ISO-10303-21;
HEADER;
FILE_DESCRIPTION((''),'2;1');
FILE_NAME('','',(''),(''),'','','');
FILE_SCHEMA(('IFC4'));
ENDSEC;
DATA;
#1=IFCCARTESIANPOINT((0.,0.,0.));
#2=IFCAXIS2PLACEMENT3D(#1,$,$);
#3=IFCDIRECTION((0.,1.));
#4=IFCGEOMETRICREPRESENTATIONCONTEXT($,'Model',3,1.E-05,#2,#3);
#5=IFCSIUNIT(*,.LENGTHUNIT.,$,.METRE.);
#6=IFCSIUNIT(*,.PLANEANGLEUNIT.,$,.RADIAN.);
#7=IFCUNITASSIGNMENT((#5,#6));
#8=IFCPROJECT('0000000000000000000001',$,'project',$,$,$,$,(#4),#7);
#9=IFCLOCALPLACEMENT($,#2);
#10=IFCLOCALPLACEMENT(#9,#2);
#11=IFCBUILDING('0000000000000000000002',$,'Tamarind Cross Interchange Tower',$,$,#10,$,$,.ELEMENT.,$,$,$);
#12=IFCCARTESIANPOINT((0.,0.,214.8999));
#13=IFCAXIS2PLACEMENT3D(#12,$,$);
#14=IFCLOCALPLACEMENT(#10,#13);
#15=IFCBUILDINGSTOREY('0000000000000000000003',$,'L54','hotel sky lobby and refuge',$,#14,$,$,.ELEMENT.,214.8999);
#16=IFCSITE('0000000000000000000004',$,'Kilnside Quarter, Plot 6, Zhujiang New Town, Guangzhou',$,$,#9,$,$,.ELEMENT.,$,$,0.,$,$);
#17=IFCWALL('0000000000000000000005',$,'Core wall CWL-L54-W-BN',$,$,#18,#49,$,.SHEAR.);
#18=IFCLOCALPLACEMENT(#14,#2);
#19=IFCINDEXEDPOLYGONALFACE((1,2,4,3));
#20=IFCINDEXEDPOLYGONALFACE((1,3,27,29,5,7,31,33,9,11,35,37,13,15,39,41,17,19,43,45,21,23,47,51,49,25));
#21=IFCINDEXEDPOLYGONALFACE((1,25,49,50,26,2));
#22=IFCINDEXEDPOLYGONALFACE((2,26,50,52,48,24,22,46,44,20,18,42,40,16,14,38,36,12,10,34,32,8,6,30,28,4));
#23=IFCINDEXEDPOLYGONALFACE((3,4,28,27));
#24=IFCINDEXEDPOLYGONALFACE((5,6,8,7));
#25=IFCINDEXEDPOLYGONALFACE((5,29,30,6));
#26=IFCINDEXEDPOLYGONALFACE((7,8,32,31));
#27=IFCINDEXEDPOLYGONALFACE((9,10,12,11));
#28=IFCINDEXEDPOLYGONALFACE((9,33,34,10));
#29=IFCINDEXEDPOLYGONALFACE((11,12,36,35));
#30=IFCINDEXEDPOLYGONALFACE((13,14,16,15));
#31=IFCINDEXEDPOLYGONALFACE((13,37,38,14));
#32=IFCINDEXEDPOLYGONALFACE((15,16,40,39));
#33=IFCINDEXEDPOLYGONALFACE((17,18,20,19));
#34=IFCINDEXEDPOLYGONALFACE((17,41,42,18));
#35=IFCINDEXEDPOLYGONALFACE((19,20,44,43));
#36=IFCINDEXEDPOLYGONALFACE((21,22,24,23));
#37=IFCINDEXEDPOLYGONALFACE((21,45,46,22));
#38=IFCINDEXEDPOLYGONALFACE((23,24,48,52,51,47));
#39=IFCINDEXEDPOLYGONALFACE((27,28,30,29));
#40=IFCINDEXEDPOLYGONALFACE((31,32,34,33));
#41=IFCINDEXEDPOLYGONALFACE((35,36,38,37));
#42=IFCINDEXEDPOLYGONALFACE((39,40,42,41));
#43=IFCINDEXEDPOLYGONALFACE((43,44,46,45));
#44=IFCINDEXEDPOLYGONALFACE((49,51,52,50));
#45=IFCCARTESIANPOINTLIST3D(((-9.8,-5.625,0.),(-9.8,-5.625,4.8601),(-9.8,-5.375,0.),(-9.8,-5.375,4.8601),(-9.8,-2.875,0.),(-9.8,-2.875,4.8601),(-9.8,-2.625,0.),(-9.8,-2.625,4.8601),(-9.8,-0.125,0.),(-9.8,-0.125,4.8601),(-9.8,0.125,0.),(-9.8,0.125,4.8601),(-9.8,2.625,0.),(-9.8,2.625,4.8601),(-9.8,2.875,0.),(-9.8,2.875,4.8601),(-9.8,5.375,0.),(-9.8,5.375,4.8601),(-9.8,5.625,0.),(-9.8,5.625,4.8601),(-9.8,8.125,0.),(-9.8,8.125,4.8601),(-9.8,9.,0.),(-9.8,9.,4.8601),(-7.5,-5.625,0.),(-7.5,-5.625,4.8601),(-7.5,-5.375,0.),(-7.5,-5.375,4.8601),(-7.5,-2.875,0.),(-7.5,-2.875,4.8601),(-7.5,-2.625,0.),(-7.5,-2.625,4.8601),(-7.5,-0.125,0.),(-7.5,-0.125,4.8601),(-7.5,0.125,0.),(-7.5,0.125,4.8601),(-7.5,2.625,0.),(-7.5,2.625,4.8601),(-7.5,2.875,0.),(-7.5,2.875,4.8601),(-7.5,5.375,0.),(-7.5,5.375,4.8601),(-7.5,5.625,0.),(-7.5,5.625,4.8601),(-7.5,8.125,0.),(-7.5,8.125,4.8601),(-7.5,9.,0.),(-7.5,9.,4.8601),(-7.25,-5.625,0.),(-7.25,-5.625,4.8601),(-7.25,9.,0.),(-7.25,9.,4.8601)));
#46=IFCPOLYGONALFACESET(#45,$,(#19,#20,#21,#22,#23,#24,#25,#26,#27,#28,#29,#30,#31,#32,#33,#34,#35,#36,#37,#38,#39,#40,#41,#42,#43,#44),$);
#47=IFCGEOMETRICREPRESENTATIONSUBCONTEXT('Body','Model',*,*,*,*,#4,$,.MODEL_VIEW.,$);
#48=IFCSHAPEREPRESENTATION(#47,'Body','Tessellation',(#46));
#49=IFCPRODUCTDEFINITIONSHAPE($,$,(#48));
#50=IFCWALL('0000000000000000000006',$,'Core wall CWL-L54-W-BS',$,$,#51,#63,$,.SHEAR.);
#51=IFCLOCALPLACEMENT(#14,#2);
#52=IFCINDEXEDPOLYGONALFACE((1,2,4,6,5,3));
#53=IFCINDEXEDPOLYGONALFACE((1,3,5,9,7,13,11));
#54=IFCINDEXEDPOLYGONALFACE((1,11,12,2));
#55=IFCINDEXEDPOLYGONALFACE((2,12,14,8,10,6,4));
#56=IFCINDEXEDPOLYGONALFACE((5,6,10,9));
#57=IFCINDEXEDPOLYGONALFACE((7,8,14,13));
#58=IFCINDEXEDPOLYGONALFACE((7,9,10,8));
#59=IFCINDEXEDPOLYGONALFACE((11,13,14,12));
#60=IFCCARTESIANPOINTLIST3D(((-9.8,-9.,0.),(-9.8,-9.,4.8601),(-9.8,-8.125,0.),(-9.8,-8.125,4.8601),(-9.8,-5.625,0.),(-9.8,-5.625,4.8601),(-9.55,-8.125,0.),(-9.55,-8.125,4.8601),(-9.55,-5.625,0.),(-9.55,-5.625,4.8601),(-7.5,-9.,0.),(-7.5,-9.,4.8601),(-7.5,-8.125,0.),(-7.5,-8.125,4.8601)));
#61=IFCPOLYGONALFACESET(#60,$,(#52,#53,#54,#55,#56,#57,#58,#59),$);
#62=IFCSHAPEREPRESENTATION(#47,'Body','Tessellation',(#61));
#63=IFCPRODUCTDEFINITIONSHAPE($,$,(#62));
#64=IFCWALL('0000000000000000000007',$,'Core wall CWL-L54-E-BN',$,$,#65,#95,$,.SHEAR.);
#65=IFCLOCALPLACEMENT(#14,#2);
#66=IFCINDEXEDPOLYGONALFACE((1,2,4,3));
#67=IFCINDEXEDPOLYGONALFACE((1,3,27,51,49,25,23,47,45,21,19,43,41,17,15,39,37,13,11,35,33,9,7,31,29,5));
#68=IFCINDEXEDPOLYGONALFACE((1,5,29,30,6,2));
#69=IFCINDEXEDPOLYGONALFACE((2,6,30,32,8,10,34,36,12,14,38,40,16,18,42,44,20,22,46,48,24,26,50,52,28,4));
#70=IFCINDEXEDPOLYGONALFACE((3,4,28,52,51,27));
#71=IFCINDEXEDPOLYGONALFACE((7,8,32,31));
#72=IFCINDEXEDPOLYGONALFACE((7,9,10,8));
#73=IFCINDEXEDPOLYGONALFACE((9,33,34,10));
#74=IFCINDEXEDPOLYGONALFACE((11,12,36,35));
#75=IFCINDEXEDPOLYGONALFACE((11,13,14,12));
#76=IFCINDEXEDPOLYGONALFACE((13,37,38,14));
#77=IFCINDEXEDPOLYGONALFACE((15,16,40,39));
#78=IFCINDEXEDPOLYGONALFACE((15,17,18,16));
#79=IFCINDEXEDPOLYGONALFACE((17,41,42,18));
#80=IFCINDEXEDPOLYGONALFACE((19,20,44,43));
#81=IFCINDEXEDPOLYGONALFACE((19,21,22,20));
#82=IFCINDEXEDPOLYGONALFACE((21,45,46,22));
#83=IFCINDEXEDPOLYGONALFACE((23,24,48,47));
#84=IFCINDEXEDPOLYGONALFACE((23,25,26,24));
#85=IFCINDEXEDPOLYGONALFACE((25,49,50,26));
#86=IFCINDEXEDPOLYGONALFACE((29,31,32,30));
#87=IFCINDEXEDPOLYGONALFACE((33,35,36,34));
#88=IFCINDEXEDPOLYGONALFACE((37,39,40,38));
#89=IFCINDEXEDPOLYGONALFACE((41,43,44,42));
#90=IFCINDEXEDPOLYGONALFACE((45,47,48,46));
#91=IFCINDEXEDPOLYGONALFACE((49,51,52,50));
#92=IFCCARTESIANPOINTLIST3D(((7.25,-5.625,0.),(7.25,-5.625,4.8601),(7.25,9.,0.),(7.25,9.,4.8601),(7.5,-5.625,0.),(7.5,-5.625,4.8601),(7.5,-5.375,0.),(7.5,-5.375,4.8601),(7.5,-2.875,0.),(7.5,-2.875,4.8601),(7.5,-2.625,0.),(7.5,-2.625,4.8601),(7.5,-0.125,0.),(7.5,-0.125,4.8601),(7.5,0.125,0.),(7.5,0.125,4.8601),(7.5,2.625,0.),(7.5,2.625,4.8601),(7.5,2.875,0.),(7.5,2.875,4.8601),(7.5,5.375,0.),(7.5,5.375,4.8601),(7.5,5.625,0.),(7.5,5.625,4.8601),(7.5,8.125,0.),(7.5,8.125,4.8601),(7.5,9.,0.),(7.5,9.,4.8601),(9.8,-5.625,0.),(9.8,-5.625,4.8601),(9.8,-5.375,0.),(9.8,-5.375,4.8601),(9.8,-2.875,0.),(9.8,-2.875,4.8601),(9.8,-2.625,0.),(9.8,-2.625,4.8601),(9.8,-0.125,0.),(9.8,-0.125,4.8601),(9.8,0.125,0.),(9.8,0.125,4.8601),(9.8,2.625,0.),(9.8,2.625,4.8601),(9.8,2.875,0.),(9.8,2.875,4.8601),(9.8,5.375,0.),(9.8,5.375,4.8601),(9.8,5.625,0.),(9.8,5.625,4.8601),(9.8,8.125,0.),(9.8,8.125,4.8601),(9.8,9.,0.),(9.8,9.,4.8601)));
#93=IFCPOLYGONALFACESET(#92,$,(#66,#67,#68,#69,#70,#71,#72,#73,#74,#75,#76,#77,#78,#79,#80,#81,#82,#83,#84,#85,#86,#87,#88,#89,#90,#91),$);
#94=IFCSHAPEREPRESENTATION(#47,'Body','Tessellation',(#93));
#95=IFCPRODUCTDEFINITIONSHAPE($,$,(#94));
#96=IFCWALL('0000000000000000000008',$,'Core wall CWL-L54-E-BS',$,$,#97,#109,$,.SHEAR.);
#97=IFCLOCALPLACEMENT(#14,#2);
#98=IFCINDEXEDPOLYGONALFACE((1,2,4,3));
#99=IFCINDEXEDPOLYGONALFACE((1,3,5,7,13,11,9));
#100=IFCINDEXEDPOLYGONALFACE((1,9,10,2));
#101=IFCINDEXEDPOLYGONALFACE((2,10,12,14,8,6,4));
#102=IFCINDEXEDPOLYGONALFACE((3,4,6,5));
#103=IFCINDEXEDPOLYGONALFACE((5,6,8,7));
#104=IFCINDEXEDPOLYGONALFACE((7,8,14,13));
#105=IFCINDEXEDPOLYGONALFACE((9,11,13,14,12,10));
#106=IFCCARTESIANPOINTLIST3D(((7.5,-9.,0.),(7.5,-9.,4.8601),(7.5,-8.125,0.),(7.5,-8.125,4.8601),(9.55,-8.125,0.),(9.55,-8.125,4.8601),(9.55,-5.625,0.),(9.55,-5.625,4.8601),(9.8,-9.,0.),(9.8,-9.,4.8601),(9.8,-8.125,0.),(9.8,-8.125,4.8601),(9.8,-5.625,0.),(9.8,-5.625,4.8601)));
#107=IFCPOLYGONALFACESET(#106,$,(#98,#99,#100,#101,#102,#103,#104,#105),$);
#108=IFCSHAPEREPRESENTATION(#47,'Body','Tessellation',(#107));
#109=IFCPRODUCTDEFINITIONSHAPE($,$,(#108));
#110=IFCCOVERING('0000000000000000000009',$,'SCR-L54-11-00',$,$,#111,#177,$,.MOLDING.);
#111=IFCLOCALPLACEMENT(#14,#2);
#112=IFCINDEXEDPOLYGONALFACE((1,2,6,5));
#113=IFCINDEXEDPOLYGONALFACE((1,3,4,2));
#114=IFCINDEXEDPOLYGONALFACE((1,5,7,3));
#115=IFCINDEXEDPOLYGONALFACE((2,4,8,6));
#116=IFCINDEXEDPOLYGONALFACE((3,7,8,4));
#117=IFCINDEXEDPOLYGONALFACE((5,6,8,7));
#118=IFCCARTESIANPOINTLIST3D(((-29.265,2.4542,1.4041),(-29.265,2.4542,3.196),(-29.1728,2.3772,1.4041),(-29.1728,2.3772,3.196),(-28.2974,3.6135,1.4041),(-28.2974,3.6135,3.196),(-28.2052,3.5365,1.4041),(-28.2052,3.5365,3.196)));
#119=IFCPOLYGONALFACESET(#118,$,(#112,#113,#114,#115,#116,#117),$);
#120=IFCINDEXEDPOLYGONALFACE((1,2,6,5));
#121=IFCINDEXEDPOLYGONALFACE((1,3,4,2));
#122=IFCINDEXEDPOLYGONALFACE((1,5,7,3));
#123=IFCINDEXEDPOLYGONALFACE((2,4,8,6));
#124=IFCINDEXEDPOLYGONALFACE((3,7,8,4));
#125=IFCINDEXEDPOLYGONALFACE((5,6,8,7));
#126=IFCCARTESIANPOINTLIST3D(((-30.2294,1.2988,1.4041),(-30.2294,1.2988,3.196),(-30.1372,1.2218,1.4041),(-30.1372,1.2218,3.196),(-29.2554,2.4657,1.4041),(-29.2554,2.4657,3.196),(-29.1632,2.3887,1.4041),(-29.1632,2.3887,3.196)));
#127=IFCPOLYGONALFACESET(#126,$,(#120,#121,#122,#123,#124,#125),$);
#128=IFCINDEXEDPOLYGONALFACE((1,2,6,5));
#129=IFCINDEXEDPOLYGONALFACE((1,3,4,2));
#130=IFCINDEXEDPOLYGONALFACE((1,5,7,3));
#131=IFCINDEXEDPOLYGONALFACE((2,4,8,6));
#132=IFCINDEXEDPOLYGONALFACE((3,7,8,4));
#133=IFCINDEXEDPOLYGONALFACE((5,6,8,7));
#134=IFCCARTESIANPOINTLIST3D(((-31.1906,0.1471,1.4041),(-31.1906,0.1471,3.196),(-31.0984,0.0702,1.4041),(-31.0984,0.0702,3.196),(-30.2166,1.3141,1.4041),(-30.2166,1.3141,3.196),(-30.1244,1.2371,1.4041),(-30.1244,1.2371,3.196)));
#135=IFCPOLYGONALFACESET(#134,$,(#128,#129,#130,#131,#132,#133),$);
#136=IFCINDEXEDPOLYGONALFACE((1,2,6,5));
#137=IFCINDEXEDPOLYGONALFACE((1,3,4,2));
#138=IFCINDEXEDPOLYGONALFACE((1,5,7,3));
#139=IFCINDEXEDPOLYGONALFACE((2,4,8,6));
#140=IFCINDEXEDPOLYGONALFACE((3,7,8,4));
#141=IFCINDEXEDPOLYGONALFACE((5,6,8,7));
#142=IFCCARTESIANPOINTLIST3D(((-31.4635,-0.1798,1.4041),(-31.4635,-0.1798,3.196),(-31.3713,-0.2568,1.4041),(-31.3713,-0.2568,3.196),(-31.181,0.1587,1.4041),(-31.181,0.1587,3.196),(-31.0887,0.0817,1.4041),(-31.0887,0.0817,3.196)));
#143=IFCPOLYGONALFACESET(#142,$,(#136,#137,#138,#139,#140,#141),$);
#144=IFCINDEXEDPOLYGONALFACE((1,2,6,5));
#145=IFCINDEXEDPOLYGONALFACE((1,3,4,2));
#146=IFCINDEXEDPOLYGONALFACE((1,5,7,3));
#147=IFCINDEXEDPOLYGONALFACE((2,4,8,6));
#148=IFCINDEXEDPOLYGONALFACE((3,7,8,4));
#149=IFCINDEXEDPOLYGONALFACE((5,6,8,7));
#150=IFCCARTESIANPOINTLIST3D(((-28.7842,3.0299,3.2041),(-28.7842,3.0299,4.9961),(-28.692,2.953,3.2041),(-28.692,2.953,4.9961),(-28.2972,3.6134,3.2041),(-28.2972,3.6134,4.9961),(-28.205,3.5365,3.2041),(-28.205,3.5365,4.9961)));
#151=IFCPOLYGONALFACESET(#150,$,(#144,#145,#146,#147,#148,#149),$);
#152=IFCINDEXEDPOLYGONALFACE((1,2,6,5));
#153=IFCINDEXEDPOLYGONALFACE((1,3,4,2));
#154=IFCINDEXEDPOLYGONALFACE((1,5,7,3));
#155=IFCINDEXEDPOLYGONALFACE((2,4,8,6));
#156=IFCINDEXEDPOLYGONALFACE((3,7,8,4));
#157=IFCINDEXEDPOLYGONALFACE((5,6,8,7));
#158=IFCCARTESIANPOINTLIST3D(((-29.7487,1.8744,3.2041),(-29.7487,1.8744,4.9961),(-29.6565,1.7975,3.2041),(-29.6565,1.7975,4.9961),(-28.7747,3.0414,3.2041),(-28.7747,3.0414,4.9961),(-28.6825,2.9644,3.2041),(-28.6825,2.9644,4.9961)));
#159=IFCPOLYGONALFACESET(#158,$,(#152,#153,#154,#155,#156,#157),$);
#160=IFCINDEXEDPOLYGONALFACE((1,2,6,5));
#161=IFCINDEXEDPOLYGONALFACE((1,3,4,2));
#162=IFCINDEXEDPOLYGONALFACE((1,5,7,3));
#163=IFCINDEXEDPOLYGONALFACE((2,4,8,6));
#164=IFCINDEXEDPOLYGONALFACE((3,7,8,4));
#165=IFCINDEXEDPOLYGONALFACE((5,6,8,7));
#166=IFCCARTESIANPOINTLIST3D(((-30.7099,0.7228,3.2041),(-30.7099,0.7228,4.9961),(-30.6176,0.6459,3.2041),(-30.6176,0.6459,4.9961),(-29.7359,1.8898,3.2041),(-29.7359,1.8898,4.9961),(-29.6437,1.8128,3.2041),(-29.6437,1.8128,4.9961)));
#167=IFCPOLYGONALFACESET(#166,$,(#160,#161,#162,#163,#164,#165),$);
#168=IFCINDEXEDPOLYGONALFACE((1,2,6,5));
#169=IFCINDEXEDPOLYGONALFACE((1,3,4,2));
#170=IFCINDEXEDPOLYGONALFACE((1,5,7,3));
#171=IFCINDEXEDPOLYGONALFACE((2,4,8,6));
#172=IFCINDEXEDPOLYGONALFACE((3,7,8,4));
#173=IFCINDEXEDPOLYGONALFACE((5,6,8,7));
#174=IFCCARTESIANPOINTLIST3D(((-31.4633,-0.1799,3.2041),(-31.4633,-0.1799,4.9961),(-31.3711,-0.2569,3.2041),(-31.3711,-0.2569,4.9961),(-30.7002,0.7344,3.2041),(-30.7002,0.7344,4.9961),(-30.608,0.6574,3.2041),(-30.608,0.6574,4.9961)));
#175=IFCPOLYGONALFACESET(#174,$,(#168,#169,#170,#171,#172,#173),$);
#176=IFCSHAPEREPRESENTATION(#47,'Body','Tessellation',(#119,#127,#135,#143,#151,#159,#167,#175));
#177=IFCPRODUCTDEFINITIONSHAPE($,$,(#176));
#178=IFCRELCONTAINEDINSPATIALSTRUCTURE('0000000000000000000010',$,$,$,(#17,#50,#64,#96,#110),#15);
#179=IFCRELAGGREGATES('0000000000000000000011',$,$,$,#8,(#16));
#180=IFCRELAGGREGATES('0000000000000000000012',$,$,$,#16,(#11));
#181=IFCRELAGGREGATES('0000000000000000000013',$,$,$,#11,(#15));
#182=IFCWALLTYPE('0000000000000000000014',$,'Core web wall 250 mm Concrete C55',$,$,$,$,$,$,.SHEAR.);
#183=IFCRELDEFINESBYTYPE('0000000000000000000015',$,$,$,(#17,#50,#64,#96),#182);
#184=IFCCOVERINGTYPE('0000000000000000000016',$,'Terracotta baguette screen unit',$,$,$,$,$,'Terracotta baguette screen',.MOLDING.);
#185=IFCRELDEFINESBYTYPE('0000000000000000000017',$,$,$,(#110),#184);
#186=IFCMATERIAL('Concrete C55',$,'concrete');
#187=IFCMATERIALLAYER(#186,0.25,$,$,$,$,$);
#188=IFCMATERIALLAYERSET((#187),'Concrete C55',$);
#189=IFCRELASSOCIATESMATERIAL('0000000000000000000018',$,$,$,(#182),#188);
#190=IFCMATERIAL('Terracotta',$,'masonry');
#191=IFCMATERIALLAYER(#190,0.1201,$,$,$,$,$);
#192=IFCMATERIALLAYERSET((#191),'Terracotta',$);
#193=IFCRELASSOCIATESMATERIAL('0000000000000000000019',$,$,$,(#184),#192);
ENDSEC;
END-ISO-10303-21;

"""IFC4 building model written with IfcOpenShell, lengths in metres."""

from ifc_helpers import new_model, si_unit, direction, frame, origin, origin_2d, place, context, subcontext, project, spatial, polyline, rectangle, outline, extrude, material, layer, layer_set, type_object, element, save


model = new_model("IFC4")

# Units and contexts
model_context = context("Model", 3, precision=1e-05, world=origin(), true_north=direction((0.0, 1.0)))
body_context = subcontext(model_context, "Body", "Model", "MODEL_VIEW")
ifc_project = project(units=[si_unit("LENGTHUNIT", "METRE"), si_unit("PLANEANGLEUNIT", "RADIAN")], contexts=[model_context])

# Site, building, storey
site_placement = place(None, origin())
site = spatial("IfcSite", under=ifc_project, at=site_placement, Name="Kilnside Quarter, Plot 6, Zhujiang New Town, Guangzhou", CompositionType="ELEMENT", RefElevation=0.0)
building_placement = place(site_placement, origin())
building = spatial("IfcBuilding", under=site, at=building_placement, Name="Tamarind Cross Interchange Tower", CompositionType="ELEMENT")
storey_placement = place(building_placement, frame((0.0, 0.0, 214.8999)))
storey = spatial("IfcBuildingStorey", under=building, at=storey_placement, Name="L54", Description="hotel sky lobby and refuge", CompositionType="ELEMENT", Elevation=214.8999)

# Walls
ifc_material_1 = material(Name="Concrete C55", Category="concrete")
ifc_layer_1 = layer(ifc_material_1, 0.25)
ifc_layer_set_1 = layer_set([ifc_layer_1], Name="Concrete C55")
wall_type_1 = type_object("IfcWallType", Name="Core web wall 250 mm Concrete C55", PredefinedType="SHEAR", material=ifc_layer_set_1)
wall_1_placement = place(storey_placement, origin())
element("IfcWall", 1, at=wall_1_placement, inside=storey, type_object=wall_type_1, Name="Core wall CWL-L54-W-BN", PredefinedType="SHEAR", context=body_context, shape_type="SweptSolid", body=[
    extrude(outline(polyline([(-9.8, -5.375), (-9.8, -5.625), (-7.5, -5.625), (-7.25, -5.625), (-7.25, 9.0), (-7.5, 9.0), (-9.8, 9.0), (-9.8, 8.125), (-7.5, 8.125), (-7.5, 5.625), (-9.8, 5.625), (-9.8, 5.375), (-7.5, 5.375), (-7.5, 2.875), (-9.8, 2.875), (-9.8, 2.625), (-7.5, 2.625), (-7.5, 0.125), (-9.8, 0.125), (-9.8, -0.125), (-7.5, -0.125), (-7.5, -2.625), (-9.8, -2.625), (-9.8, -2.875), (-7.5, -2.875), (-7.5, -5.375), (-9.8, -5.375)])), origin(), (0.0, 0.0, 1.0), 4.8601),
])
wall_2_placement = place(storey_placement, origin())
element("IfcWall", 2, at=wall_2_placement, inside=storey, type_object=wall_type_1, Name="Core wall CWL-L54-W-BS", PredefinedType="SHEAR", context=body_context, shape_type="SweptSolid", body=[
    extrude(outline(polyline([(-7.5, -8.125), (-9.55, -8.125), (-9.55, -5.625), (-9.8, -5.625), (-9.8, -8.125), (-9.8, -9.0), (-7.5, -9.0), (-7.5, -8.125)])), origin(), (0.0, 0.0, 1.0), 4.8601),
])
wall_3_placement = place(storey_placement, origin())
element("IfcWall", 3, at=wall_3_placement, inside=storey, type_object=wall_type_1, Name="Core wall CWL-L54-E-BN", PredefinedType="SHEAR", context=body_context, shape_type="SweptSolid", body=[
    extrude(outline(polyline([(9.8, -5.375), (7.5, -5.375), (7.5, -2.875), (9.8, -2.875), (9.8, -2.625), (7.5, -2.625), (7.5, -0.125), (9.8, -0.125), (9.8, 0.125), (7.5, 0.125), (7.5, 2.625), (9.8, 2.625), (9.8, 2.875), (7.5, 2.875), (7.5, 5.375), (9.8, 5.375), (9.8, 5.625), (7.5, 5.625), (7.5, 8.125), (9.8, 8.125), (9.8, 9.0), (7.5, 9.0), (7.25, 9.0), (7.25, -5.625), (7.5, -5.625), (9.8, -5.625), (9.8, -5.375)])), origin(), (0.0, 0.0, 1.0), 4.8601),
])
wall_4_placement = place(storey_placement, origin())
element("IfcWall", 4, at=wall_4_placement, inside=storey, type_object=wall_type_1, Name="Core wall CWL-L54-E-BS", PredefinedType="SHEAR", context=body_context, shape_type="SweptSolid", body=[
    extrude(outline(polyline([(7.5, -8.125), (7.5, -9.0), (9.8, -9.0), (9.8, -8.125), (9.8, -5.625), (9.55, -5.625), (9.55, -8.125), (7.5, -8.125)])), origin(), (0.0, 0.0, 1.0), 4.8601),
])

# Covering
ifc_material_2 = material(Name="Terracotta", Category="masonry")
ifc_layer_2 = layer(ifc_material_2, 0.1201)
ifc_layer_set_2 = layer_set([ifc_layer_2], Name="Terracotta")
covering_type = type_object("IfcCoveringType", Name="Terracotta baguette screen unit", ElementType="Terracotta baguette screen", PredefinedType="MOLDING", material=ifc_layer_set_2)
covering_1_placement = place(storey_placement, origin())
element("IfcCovering", 5, at=covering_1_placement, inside=storey, type_object=covering_type, Name="SCR-L54-11-00", PredefinedType="MOLDING", context=body_context, shape_type="SweptSolid", body=[
    extrude(rectangle(XDim=1.51, YDim=0.1201, at=origin_2d()), frame((-28.7351, 2.9954, 1.4041), z_axis=(0.0, 0.0, 1.0), x_axis=(-0.640775, -0.767729, 0.0)), (0.0, 0.0, 1.0), 1.792),
    extrude(rectangle(XDim=1.52, YDim=0.1201, at=origin_2d()), frame((-29.6963, 1.8438, 1.4041), z_axis=(0.0, 0.0, 1.0), x_axis=(-0.640775, -0.767729, 0.0)), (0.0, 0.0, 1.0), 1.792),
    extrude(rectangle(XDim=1.52, YDim=0.1201, at=origin_2d()), frame((-30.6575, 0.6921, 1.4041), z_axis=(0.0, 0.0, 1.0), x_axis=(-0.640775, -0.767729, 0.0)), (0.0, 0.0, 1.0), 1.792),
    extrude(rectangle(XDim=0.4409, YDim=0.1201, at=origin_2d()), frame((-31.2761, -0.0491, 1.4041), z_axis=(0.0, 0.0, 1.0), x_axis=(-0.640775, -0.767729, 0.0)), (0.0, 0.0, 1.0), 1.792),
    extrude(rectangle(XDim=0.76, YDim=0.1201, at=origin_2d()), frame((-28.4946, 3.2832, 3.2041), z_axis=(0.0, 0.0, 1.0), x_axis=(-0.640775, -0.767729, 0.0)), (0.0, 0.0, 1.0), 1.792),
    extrude(rectangle(XDim=1.52, YDim=0.1201, at=origin_2d()), frame((-29.2156, 2.4194, 3.2041), z_axis=(0.0, 0.0, 1.0), x_axis=(-0.640775, -0.767729, 0.0)), (0.0, 0.0, 1.0), 1.792),
    extrude(rectangle(XDim=1.52, YDim=0.1201, at=origin_2d()), frame((-30.1768, 1.2678, 3.2041), z_axis=(0.0, 0.0, 1.0), x_axis=(-0.640775, -0.767729, 0.0)), (0.0, 0.0, 1.0), 1.792),
    extrude(rectangle(XDim=1.1909, YDim=0.1201, at=origin_2d()), frame((-31.0356, 0.2388, 3.2041), z_axis=(0.0, 0.0, 1.0), x_axis=(-0.640775, -0.767729, 0.0)), (0.0, 0.0, 1.0), 1.792),
])

save(model, "model.ifc")
